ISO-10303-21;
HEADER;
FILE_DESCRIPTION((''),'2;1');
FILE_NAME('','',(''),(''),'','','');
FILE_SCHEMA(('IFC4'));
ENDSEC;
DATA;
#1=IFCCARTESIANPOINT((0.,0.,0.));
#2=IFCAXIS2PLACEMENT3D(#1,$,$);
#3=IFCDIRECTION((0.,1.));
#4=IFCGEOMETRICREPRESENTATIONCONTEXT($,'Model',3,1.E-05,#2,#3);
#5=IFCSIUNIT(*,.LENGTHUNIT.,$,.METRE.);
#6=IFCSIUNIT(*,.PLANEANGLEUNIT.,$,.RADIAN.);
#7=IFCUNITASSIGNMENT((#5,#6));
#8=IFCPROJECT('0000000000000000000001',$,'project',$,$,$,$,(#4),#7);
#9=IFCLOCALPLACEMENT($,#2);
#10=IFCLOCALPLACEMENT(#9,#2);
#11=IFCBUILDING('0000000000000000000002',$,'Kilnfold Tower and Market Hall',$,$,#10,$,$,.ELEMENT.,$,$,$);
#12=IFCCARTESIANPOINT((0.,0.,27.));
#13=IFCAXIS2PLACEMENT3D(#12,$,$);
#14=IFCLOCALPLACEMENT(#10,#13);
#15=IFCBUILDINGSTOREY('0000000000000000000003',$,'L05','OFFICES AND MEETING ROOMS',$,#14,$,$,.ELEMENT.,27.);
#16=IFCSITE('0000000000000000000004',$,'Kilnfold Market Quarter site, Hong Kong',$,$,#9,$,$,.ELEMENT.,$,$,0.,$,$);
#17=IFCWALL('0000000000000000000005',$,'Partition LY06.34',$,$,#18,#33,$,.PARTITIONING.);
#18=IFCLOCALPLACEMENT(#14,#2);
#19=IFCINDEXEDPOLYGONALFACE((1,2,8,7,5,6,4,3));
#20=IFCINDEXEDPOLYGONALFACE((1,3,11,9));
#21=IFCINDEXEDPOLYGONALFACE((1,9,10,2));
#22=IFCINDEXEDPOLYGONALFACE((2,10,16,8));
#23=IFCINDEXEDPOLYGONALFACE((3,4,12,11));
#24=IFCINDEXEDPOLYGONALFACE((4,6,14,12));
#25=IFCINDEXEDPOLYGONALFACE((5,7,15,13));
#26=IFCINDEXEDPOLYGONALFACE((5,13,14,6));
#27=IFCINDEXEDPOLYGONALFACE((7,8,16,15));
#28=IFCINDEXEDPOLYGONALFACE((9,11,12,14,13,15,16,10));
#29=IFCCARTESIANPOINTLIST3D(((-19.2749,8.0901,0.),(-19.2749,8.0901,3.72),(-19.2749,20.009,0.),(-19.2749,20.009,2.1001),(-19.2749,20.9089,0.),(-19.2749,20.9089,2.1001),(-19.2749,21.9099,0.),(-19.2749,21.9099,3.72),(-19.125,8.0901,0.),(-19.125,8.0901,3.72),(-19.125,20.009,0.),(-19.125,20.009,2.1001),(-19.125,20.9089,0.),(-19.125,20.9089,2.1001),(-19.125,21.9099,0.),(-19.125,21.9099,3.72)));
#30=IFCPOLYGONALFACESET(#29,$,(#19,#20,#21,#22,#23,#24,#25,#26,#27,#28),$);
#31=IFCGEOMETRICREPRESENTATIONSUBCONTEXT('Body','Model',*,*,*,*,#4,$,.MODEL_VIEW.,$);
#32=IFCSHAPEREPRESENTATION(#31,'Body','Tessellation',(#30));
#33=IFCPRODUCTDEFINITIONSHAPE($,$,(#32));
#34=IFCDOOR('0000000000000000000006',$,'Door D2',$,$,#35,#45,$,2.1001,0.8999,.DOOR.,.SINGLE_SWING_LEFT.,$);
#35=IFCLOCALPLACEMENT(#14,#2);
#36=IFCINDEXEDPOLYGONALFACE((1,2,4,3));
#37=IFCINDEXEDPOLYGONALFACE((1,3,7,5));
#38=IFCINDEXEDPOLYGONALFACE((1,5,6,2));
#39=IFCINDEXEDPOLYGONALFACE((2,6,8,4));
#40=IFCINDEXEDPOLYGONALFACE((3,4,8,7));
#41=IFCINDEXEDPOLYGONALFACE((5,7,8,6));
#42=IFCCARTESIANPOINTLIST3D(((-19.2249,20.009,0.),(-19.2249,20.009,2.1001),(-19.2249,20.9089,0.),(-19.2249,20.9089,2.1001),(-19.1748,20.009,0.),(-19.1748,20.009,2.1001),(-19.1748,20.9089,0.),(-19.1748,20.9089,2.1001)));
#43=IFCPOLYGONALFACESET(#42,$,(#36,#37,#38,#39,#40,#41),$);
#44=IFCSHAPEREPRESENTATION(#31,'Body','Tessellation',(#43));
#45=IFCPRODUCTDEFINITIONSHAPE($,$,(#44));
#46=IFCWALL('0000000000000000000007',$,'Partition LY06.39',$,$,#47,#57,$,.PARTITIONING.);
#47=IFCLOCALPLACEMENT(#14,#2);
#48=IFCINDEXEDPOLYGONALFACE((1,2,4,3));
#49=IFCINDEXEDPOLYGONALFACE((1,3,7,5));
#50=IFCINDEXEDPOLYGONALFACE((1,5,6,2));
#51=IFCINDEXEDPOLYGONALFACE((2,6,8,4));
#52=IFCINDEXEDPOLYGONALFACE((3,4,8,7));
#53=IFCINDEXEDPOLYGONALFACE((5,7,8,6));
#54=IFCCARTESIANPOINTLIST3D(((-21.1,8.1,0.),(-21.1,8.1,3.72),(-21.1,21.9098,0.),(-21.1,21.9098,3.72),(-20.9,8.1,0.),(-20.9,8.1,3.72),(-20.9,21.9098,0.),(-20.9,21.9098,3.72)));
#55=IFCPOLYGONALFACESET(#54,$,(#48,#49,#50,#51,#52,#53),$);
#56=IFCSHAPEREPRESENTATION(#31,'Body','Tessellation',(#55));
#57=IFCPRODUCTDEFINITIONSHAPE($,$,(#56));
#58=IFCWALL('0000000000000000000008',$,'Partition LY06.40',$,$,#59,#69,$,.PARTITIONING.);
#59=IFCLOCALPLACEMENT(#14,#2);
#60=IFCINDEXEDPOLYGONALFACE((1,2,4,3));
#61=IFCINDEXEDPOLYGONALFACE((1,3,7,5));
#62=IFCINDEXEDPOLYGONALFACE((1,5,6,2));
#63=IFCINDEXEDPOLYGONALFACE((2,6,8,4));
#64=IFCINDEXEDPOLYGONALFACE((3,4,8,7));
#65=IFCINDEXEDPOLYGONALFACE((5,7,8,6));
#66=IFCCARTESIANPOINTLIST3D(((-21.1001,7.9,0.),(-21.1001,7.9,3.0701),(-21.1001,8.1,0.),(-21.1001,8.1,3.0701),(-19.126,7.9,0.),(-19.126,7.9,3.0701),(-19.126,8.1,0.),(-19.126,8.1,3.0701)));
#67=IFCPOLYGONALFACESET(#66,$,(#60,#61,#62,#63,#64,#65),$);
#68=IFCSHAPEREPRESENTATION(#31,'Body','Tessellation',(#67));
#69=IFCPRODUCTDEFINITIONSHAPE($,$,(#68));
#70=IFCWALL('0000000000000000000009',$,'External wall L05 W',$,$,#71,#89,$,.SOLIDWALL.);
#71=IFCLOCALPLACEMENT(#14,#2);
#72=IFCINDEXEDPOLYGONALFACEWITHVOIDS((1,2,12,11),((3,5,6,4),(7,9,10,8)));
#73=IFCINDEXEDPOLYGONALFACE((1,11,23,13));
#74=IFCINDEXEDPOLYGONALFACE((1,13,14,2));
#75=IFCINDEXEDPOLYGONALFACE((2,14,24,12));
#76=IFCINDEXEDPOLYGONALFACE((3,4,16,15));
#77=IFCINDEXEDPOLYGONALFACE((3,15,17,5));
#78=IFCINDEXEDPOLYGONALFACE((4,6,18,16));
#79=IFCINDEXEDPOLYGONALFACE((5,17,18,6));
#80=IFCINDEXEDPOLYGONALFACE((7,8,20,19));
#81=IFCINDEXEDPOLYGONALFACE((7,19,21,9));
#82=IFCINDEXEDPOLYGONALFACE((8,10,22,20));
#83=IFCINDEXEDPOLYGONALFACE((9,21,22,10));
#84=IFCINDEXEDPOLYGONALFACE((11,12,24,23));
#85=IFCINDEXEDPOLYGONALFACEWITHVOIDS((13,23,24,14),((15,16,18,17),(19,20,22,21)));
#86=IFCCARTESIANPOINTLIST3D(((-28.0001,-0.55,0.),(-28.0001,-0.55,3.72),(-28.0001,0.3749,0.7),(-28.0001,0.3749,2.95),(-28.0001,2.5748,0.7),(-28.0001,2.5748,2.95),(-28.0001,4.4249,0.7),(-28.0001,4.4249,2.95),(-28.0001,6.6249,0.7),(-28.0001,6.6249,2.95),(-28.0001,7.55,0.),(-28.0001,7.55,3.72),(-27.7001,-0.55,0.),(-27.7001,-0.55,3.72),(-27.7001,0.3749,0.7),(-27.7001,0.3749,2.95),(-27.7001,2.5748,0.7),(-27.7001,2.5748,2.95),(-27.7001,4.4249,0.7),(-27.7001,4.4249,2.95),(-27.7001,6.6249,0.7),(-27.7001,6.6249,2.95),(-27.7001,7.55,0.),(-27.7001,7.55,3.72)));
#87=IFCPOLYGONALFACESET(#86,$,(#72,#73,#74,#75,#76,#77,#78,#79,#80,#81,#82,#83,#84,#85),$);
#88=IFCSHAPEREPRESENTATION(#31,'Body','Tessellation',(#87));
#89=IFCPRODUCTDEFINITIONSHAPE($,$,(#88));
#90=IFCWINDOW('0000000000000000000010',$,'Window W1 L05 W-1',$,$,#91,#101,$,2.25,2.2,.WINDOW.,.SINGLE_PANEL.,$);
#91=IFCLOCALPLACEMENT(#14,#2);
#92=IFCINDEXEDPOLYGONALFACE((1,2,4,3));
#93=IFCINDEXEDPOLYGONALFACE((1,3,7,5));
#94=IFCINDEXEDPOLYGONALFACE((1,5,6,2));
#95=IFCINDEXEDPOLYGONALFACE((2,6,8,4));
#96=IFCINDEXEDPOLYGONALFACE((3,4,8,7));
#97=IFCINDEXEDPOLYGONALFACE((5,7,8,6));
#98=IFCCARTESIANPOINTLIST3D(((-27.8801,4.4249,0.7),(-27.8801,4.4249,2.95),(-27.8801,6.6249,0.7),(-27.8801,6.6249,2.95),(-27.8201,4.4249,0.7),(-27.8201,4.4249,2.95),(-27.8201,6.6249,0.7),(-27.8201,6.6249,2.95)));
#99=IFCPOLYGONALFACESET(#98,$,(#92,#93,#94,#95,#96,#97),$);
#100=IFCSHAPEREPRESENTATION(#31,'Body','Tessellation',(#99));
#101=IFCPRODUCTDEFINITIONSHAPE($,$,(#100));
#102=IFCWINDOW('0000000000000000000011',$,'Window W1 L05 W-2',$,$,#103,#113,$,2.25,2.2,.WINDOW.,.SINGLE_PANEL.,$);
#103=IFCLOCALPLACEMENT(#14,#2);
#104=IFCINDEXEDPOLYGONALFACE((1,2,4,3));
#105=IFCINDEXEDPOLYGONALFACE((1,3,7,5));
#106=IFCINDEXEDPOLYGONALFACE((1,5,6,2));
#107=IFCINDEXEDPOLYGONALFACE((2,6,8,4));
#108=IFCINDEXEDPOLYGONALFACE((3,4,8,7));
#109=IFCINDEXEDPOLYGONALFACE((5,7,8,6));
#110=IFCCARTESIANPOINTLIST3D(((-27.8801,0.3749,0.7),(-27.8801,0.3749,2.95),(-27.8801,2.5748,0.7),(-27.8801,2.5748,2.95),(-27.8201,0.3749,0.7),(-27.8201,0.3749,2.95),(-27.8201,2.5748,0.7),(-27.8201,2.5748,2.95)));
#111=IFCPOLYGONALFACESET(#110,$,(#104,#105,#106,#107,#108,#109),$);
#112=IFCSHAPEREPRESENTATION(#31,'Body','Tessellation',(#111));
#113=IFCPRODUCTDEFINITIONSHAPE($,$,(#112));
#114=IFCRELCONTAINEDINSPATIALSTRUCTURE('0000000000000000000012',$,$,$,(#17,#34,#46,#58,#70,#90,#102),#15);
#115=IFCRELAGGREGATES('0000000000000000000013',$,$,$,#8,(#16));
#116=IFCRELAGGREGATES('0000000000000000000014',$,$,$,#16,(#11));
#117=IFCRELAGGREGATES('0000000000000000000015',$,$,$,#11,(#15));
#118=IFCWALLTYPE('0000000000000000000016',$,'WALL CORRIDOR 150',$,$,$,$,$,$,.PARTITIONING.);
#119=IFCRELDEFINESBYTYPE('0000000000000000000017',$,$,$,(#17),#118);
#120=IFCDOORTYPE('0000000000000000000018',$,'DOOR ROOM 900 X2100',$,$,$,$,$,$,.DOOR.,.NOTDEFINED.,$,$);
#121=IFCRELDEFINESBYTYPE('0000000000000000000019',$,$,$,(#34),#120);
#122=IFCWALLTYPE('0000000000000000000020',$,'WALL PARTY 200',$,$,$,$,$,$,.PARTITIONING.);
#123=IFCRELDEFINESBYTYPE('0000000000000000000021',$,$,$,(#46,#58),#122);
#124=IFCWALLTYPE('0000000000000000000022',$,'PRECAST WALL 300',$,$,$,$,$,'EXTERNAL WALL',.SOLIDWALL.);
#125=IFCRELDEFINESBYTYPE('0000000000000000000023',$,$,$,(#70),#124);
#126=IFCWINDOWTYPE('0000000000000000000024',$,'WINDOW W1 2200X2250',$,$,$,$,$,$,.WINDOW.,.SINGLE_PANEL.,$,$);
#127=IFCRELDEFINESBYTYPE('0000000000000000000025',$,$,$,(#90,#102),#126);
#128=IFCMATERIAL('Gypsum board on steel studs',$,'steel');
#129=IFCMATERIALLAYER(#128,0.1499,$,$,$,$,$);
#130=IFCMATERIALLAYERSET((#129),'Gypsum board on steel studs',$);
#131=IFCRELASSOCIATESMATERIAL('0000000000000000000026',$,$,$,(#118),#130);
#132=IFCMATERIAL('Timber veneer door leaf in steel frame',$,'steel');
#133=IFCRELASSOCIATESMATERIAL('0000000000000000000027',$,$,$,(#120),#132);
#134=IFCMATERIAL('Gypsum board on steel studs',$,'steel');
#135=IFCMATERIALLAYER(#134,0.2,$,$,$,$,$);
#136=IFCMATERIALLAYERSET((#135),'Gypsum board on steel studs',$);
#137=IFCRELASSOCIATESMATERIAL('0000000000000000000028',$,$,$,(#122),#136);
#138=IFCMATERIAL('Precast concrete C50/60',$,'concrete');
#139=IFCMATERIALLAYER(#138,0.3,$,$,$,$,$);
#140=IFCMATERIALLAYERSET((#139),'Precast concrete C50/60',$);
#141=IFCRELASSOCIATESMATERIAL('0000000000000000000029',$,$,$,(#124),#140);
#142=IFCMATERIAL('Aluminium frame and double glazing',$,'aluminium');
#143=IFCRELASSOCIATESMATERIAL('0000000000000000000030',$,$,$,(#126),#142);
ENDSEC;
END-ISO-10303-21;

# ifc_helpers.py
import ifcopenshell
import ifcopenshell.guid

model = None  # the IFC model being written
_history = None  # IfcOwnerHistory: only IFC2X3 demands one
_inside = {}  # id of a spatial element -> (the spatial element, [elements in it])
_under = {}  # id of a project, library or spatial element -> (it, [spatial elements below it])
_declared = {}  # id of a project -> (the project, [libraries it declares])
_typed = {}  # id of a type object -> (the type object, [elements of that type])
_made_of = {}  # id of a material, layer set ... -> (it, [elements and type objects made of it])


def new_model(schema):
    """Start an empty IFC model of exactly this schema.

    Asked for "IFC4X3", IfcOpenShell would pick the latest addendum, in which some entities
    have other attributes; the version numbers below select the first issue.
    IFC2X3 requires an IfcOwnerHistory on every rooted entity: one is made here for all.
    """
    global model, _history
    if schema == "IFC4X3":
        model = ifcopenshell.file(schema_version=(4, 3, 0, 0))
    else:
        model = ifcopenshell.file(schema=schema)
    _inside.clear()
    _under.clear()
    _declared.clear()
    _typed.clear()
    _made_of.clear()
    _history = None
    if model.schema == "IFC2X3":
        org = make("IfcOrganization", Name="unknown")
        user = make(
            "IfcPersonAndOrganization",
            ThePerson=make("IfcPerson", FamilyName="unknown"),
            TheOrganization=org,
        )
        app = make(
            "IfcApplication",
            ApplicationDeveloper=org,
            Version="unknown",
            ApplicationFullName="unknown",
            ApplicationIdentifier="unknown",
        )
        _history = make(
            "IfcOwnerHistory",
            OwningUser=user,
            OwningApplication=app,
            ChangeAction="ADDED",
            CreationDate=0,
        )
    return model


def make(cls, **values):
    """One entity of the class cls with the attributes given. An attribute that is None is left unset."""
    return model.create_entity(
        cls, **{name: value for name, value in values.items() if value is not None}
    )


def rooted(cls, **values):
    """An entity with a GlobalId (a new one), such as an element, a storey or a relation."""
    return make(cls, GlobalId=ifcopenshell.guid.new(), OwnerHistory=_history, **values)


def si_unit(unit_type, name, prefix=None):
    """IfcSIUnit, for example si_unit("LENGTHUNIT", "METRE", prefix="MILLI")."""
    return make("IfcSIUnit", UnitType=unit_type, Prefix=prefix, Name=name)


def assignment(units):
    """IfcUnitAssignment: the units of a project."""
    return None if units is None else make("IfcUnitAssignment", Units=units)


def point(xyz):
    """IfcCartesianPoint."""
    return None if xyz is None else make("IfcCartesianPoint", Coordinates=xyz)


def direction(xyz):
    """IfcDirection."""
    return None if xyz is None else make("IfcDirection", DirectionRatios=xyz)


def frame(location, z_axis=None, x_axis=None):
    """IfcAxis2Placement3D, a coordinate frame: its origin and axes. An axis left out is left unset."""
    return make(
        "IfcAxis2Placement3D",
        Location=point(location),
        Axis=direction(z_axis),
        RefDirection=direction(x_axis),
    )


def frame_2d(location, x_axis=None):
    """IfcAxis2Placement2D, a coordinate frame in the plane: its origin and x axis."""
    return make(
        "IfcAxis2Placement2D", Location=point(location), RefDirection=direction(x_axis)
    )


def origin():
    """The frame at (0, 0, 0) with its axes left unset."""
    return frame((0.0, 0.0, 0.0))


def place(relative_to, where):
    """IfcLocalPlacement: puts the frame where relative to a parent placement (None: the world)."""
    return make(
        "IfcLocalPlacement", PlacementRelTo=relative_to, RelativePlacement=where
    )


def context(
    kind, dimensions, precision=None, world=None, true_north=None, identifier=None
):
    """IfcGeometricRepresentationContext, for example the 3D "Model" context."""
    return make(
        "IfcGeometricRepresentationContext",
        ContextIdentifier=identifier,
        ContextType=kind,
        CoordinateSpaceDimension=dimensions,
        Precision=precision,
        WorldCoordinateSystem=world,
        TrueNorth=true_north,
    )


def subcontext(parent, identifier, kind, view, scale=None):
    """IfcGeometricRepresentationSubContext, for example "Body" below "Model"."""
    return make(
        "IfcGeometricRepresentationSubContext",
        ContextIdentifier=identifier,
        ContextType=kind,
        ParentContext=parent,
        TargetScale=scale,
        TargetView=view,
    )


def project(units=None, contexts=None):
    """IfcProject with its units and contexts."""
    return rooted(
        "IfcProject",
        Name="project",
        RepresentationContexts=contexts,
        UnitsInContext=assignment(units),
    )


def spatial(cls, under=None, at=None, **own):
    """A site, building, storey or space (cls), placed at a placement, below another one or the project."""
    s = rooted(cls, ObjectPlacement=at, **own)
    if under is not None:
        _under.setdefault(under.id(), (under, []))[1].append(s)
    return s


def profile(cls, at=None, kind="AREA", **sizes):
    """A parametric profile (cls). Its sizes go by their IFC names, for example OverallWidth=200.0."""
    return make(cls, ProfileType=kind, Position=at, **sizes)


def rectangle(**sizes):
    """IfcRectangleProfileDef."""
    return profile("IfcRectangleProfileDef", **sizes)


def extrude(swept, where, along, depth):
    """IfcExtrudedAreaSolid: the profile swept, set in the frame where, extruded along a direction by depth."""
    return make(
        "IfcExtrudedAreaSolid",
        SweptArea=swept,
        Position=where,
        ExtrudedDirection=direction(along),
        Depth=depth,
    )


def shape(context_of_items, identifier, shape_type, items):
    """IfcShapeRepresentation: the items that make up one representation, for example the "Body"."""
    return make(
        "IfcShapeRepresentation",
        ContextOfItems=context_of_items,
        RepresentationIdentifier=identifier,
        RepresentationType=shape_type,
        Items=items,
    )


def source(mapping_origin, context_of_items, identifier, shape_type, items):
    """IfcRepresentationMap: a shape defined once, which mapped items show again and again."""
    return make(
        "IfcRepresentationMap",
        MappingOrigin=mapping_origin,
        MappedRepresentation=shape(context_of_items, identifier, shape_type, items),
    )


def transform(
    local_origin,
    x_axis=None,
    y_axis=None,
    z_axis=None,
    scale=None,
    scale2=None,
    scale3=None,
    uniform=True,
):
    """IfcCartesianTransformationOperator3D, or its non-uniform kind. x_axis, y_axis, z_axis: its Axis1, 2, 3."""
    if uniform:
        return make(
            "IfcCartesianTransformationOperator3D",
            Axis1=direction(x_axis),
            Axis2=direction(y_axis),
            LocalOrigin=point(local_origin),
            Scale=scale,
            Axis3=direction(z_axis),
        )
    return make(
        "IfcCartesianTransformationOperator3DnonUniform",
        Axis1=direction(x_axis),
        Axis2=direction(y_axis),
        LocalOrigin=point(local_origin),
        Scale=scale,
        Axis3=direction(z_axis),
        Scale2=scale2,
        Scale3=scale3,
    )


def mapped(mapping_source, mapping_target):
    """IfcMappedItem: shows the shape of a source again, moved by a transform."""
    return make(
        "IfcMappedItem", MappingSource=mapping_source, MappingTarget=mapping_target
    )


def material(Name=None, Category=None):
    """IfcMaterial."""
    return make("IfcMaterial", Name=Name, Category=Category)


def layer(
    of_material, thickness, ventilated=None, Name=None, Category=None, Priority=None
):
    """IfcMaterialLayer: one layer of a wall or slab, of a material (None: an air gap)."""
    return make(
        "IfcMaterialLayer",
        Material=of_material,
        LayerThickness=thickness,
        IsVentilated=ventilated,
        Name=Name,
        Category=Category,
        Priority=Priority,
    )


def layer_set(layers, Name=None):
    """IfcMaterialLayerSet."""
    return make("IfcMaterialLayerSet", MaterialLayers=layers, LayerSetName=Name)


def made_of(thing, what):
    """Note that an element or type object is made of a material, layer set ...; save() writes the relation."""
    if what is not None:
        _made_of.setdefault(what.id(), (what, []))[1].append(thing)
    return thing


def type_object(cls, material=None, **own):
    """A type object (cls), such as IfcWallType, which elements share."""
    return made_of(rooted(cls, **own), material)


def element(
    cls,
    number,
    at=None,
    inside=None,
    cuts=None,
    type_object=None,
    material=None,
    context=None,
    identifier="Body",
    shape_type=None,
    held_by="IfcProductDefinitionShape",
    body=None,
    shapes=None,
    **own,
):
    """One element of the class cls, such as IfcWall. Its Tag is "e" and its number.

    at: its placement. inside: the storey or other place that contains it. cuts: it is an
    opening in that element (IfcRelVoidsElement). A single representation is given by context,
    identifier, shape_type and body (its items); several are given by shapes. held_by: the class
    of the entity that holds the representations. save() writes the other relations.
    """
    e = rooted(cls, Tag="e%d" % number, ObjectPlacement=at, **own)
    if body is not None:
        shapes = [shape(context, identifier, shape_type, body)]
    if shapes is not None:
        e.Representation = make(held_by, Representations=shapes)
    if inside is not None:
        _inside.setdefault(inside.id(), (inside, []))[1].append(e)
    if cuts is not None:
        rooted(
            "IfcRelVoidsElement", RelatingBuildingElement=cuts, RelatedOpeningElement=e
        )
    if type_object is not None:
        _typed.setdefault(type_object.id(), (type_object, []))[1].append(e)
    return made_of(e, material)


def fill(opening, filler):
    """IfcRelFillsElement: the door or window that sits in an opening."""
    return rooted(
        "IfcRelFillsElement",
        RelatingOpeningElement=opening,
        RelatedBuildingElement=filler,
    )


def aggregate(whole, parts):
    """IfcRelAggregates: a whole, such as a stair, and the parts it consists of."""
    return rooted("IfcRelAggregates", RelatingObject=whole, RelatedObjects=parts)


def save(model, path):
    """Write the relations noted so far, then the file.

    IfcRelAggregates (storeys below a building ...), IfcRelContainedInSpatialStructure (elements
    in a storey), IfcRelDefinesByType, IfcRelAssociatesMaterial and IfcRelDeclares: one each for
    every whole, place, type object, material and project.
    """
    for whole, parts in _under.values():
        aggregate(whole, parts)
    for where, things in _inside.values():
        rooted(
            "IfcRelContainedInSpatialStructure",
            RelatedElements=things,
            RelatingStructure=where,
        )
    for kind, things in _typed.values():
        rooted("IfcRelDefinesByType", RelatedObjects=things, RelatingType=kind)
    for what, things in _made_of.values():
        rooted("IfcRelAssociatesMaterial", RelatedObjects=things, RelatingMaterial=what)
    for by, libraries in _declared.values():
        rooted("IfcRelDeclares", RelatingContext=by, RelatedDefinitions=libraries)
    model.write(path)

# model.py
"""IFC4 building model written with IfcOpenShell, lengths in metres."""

from ifc_helpers import new_model, si_unit, direction, frame, frame_2d, origin, place, context, subcontext, project, spatial, rectangle, extrude, source, transform, mapped, material, layer, layer_set, type_object, element, fill, save


model = new_model("IFC4")

# Units and contexts
model_context = context("Model", 3, precision=1e-05, world=origin(), true_north=direction((0.0, 1.0)))
body_context = subcontext(model_context, "Body", "Model", "MODEL_VIEW")
ifc_project = project(units=[si_unit("LENGTHUNIT", "METRE"), si_unit("PLANEANGLEUNIT", "RADIAN")], contexts=[model_context])

# Site, building, storey
site_placement = place(None, origin())
site = spatial("IfcSite", under=ifc_project, at=site_placement, Name="Kilnfold Market Quarter site, Hong Kong", CompositionType="ELEMENT", RefElevation=0.0)
building_placement = place(site_placement, origin())
building = spatial("IfcBuilding", under=site, at=building_placement, Name="Kilnfold Tower and Market Hall", CompositionType="ELEMENT")
storey_placement = place(building_placement, frame((0.0, 0.0, 27.0)))
storey = spatial("IfcBuildingStorey", under=building, at=storey_placement, Name="L05", Description="OFFICES AND MEETING ROOMS", CompositionType="ELEMENT", Elevation=27.0)

# Shared definitions
ifc_material_1 = material(Name="Gypsum board on steel studs", Category="steel")
ifc_layer_1 = layer(ifc_material_1, 0.1499)
ifc_layer_set_1 = layer_set([ifc_layer_1], Name="Gypsum board on steel studs")
wall_type_1 = type_object("IfcWallType", Name="WALL CORRIDOR 150", PredefinedType="PARTITIONING", material=ifc_layer_set_1)

# Wall, opening, door
wall_1_placement = place(storey_placement, frame((-19.2, 8.0901, 0.0), z_axis=(0.0, 0.0, 1.0), x_axis=(0.0, 1.0, 0.0)))
wall_1 = element("IfcWall", 1, at=wall_1_placement, inside=storey, type_object=wall_type_1, Name="Partition LY06.34", PredefinedType="PARTITIONING", context=body_context, shape_type="SweptSolid", body=[
    extrude(rectangle(XDim=13.8198, YDim=0.1499, at=frame_2d((6.9099, 0.0))), origin(), (0.0, 0.0, 1.0), 3.72),
])
opening_1_placement = place(wall_1_placement, frame((11.9189, 0.0, 0.0)))
opening_1 = element("IfcOpeningElement", 2, at=opening_1_placement, cuts=wall_1, PredefinedType="OPENING", context=body_context, shape_type="SweptSolid", body=[
    extrude(rectangle(XDim=0.8999, YDim=2.1001, at=frame_2d((0.45, 1.05))), frame((0.0, 0.085, 0.0), z_axis=(0.0, -1.0, 0.0), x_axis=(1.0, 0.0, 0.0)), (0.0, 0.0, 1.0), 0.1699),
])
ifc_material_2 = material(Name="Timber veneer door leaf in steel frame", Category="steel")
door_type_1 = type_object("IfcDoorType", Name="DOOR ROOM 900 X2100", OperationType="NOTDEFINED", PredefinedType="DOOR", material=ifc_material_2)
door_1_placement = place(opening_1_placement, origin())
door_1 = element("IfcDoor", 3, at=door_1_placement, inside=storey, type_object=door_type_1, Name="Door D2", OperationType="SINGLE_SWING_LEFT", OverallHeight=2.1001, OverallWidth=0.8999, PredefinedType="DOOR", context=body_context, shape_type="SweptSolid", body=[
    extrude(rectangle(XDim=0.8999, YDim=2.1001, at=frame_2d((0.45, 1.05))), frame((0.0, 0.0249, 0.0), z_axis=(0.0, -1.0, 0.0), x_axis=(1.0, 0.0, 0.0)), (0.0, 0.0, 1.0), 0.05),
])
fill(opening_1, door_1)

# Walls
ifc_material_3 = material(Name="Gypsum board on steel studs", Category="steel")
ifc_layer_2 = layer(ifc_material_3, 0.2)
ifc_layer_set_2 = layer_set([ifc_layer_2], Name="Gypsum board on steel studs")
wall_type_2 = type_object("IfcWallType", Name="WALL PARTY 200", PredefinedType="PARTITIONING", material=ifc_layer_set_2)
wall_2_placement = place(storey_placement, frame((-21.0, 8.1001, 0.0), z_axis=(0.0, 0.0, 1.0), x_axis=(0.0, 1.0, 0.0)))
element("IfcWall", 4, at=wall_2_placement, inside=storey, type_object=wall_type_2, Name="Partition LY06.39", PredefinedType="PARTITIONING", context=body_context, shape_type="SweptSolid", body=[
    extrude(rectangle(XDim=13.8098, YDim=0.2, at=frame_2d((6.9048, 0.0))), origin(), (0.0, 0.0, 1.0), 3.72),
])
wall_3_placement = place(storey_placement, frame((-21.1001, 8.0, 0.0), z_axis=(0.0, 0.0, 1.0), x_axis=(1.0, 0.0, 0.0)))
element("IfcWall", 5, at=wall_3_placement, inside=storey, type_object=wall_type_2, Name="Partition LY06.40", PredefinedType="PARTITIONING", context=body_context, shape_type="SweptSolid", body=[
    extrude(rectangle(XDim=1.9741, YDim=0.2, at=frame_2d((0.9871, 0.0))), origin(), (0.0, 0.0, 1.0), 3.0701),
])

# Wall, openings, windows
ifc_material_4 = material(Name="Precast concrete C50/60", Category="concrete")
ifc_layer_3 = layer(ifc_material_4, 0.3)
ifc_layer_set_3 = layer_set([ifc_layer_3], Name="Precast concrete C50/60")
wall_type_3 = type_object("IfcWallType", Name="PRECAST WALL 300", ElementType="EXTERNAL WALL", PredefinedType="SOLIDWALL", material=ifc_layer_set_3)
shared_shape_1 = source(origin(), body_context, "Body", "SweptSolid", [
    extrude(rectangle(XDim=8.1001, YDim=0.3, at=frame_2d((4.05, 0.0))), origin(), (0.0, 0.0, 1.0), 3.72),
])
wall_4_placement = place(storey_placement, frame((-27.8501, 7.55, 0.0), z_axis=(0.0, 0.0, 1.0), x_axis=(0.0, -1.0, 0.0)))
wall_4 = element("IfcWall", 6, at=wall_4_placement, inside=storey, type_object=wall_type_3, Name="External wall L05 W", PredefinedType="SOLIDWALL", context=body_context, shape_type="MappedRepresentation", body=[
    mapped(shared_shape_1, transform((0.0, 0.0, 0.0))),
])
opening_2_placement = place(wall_4_placement, frame((0.925, 0.0, 0.7)))
opening_2 = element("IfcOpeningElement", 7, at=opening_2_placement, cuts=wall_4, PredefinedType="OPENING", context=body_context, shape_type="SweptSolid", body=[
    extrude(rectangle(XDim=2.2, YDim=2.25, at=frame_2d((1.1001, 1.125))), frame((0.0, 0.1602, 0.0), z_axis=(0.0, -1.0, 0.0), x_axis=(1.0, 0.0, 0.0)), (0.0, 0.0, 1.0), 0.3201),
])
opening_3_placement = place(wall_4_placement, frame((4.9751, 0.0, 0.7)))
opening_3 = element("IfcOpeningElement", 8, at=opening_3_placement, cuts=wall_4, PredefinedType="OPENING", context=body_context, shape_type="SweptSolid", body=[
    extrude(rectangle(XDim=2.2, YDim=2.25, at=frame_2d((1.1001, 1.125))), frame((0.0, 0.1602, 0.0), z_axis=(0.0, -1.0, 0.0), x_axis=(1.0, 0.0, 0.0)), (0.0, 0.0, 1.0), 0.3201),
])
ifc_material_5 = material(Name="Aluminium frame and double glazing", Category="aluminium")
window_type = type_object("IfcWindowType", Name="WINDOW W1 2200X2250", PartitioningType="SINGLE_PANEL", PredefinedType="WINDOW", material=ifc_material_5)
window_1_placement = place(opening_2_placement, origin())
window_1 = element("IfcWindow", 9, at=window_1_placement, inside=storey, type_object=window_type, Name="Window W1 L05 W-1", OverallHeight=2.25, OverallWidth=2.2, PartitioningType="SINGLE_PANEL", PredefinedType="WINDOW", context=body_context, shape_type="SweptSolid", body=[
    extrude(rectangle(XDim=2.2, YDim=2.25, at=frame_2d((1.1001, 1.125))), frame((0.0, 0.03, 0.0), z_axis=(0.0, -1.0, 0.0), x_axis=(1.0, 0.0, 0.0)), (0.0, 0.0, 1.0), 0.0601),
])
fill(opening_2, window_1)
window_2_placement = place(opening_3_placement, origin())
window_2 = element("IfcWindow", 10, at=window_2_placement, inside=storey, type_object=window_type, Name="Window W1 L05 W-2", OverallHeight=2.25, OverallWidth=2.2, PartitioningType="SINGLE_PANEL", PredefinedType="WINDOW", context=body_context, shape_type="SweptSolid", body=[
    extrude(rectangle(XDim=2.2, YDim=2.25, at=frame_2d((1.1001, 1.125))), frame((0.0, 0.03, 0.0), z_axis=(0.0, -1.0, 0.0), x_axis=(1.0, 0.0, 0.0)), (0.0, 0.0, 1.0), 0.0601),
])
fill(opening_3, window_2)

save(model, "model.ifc")
